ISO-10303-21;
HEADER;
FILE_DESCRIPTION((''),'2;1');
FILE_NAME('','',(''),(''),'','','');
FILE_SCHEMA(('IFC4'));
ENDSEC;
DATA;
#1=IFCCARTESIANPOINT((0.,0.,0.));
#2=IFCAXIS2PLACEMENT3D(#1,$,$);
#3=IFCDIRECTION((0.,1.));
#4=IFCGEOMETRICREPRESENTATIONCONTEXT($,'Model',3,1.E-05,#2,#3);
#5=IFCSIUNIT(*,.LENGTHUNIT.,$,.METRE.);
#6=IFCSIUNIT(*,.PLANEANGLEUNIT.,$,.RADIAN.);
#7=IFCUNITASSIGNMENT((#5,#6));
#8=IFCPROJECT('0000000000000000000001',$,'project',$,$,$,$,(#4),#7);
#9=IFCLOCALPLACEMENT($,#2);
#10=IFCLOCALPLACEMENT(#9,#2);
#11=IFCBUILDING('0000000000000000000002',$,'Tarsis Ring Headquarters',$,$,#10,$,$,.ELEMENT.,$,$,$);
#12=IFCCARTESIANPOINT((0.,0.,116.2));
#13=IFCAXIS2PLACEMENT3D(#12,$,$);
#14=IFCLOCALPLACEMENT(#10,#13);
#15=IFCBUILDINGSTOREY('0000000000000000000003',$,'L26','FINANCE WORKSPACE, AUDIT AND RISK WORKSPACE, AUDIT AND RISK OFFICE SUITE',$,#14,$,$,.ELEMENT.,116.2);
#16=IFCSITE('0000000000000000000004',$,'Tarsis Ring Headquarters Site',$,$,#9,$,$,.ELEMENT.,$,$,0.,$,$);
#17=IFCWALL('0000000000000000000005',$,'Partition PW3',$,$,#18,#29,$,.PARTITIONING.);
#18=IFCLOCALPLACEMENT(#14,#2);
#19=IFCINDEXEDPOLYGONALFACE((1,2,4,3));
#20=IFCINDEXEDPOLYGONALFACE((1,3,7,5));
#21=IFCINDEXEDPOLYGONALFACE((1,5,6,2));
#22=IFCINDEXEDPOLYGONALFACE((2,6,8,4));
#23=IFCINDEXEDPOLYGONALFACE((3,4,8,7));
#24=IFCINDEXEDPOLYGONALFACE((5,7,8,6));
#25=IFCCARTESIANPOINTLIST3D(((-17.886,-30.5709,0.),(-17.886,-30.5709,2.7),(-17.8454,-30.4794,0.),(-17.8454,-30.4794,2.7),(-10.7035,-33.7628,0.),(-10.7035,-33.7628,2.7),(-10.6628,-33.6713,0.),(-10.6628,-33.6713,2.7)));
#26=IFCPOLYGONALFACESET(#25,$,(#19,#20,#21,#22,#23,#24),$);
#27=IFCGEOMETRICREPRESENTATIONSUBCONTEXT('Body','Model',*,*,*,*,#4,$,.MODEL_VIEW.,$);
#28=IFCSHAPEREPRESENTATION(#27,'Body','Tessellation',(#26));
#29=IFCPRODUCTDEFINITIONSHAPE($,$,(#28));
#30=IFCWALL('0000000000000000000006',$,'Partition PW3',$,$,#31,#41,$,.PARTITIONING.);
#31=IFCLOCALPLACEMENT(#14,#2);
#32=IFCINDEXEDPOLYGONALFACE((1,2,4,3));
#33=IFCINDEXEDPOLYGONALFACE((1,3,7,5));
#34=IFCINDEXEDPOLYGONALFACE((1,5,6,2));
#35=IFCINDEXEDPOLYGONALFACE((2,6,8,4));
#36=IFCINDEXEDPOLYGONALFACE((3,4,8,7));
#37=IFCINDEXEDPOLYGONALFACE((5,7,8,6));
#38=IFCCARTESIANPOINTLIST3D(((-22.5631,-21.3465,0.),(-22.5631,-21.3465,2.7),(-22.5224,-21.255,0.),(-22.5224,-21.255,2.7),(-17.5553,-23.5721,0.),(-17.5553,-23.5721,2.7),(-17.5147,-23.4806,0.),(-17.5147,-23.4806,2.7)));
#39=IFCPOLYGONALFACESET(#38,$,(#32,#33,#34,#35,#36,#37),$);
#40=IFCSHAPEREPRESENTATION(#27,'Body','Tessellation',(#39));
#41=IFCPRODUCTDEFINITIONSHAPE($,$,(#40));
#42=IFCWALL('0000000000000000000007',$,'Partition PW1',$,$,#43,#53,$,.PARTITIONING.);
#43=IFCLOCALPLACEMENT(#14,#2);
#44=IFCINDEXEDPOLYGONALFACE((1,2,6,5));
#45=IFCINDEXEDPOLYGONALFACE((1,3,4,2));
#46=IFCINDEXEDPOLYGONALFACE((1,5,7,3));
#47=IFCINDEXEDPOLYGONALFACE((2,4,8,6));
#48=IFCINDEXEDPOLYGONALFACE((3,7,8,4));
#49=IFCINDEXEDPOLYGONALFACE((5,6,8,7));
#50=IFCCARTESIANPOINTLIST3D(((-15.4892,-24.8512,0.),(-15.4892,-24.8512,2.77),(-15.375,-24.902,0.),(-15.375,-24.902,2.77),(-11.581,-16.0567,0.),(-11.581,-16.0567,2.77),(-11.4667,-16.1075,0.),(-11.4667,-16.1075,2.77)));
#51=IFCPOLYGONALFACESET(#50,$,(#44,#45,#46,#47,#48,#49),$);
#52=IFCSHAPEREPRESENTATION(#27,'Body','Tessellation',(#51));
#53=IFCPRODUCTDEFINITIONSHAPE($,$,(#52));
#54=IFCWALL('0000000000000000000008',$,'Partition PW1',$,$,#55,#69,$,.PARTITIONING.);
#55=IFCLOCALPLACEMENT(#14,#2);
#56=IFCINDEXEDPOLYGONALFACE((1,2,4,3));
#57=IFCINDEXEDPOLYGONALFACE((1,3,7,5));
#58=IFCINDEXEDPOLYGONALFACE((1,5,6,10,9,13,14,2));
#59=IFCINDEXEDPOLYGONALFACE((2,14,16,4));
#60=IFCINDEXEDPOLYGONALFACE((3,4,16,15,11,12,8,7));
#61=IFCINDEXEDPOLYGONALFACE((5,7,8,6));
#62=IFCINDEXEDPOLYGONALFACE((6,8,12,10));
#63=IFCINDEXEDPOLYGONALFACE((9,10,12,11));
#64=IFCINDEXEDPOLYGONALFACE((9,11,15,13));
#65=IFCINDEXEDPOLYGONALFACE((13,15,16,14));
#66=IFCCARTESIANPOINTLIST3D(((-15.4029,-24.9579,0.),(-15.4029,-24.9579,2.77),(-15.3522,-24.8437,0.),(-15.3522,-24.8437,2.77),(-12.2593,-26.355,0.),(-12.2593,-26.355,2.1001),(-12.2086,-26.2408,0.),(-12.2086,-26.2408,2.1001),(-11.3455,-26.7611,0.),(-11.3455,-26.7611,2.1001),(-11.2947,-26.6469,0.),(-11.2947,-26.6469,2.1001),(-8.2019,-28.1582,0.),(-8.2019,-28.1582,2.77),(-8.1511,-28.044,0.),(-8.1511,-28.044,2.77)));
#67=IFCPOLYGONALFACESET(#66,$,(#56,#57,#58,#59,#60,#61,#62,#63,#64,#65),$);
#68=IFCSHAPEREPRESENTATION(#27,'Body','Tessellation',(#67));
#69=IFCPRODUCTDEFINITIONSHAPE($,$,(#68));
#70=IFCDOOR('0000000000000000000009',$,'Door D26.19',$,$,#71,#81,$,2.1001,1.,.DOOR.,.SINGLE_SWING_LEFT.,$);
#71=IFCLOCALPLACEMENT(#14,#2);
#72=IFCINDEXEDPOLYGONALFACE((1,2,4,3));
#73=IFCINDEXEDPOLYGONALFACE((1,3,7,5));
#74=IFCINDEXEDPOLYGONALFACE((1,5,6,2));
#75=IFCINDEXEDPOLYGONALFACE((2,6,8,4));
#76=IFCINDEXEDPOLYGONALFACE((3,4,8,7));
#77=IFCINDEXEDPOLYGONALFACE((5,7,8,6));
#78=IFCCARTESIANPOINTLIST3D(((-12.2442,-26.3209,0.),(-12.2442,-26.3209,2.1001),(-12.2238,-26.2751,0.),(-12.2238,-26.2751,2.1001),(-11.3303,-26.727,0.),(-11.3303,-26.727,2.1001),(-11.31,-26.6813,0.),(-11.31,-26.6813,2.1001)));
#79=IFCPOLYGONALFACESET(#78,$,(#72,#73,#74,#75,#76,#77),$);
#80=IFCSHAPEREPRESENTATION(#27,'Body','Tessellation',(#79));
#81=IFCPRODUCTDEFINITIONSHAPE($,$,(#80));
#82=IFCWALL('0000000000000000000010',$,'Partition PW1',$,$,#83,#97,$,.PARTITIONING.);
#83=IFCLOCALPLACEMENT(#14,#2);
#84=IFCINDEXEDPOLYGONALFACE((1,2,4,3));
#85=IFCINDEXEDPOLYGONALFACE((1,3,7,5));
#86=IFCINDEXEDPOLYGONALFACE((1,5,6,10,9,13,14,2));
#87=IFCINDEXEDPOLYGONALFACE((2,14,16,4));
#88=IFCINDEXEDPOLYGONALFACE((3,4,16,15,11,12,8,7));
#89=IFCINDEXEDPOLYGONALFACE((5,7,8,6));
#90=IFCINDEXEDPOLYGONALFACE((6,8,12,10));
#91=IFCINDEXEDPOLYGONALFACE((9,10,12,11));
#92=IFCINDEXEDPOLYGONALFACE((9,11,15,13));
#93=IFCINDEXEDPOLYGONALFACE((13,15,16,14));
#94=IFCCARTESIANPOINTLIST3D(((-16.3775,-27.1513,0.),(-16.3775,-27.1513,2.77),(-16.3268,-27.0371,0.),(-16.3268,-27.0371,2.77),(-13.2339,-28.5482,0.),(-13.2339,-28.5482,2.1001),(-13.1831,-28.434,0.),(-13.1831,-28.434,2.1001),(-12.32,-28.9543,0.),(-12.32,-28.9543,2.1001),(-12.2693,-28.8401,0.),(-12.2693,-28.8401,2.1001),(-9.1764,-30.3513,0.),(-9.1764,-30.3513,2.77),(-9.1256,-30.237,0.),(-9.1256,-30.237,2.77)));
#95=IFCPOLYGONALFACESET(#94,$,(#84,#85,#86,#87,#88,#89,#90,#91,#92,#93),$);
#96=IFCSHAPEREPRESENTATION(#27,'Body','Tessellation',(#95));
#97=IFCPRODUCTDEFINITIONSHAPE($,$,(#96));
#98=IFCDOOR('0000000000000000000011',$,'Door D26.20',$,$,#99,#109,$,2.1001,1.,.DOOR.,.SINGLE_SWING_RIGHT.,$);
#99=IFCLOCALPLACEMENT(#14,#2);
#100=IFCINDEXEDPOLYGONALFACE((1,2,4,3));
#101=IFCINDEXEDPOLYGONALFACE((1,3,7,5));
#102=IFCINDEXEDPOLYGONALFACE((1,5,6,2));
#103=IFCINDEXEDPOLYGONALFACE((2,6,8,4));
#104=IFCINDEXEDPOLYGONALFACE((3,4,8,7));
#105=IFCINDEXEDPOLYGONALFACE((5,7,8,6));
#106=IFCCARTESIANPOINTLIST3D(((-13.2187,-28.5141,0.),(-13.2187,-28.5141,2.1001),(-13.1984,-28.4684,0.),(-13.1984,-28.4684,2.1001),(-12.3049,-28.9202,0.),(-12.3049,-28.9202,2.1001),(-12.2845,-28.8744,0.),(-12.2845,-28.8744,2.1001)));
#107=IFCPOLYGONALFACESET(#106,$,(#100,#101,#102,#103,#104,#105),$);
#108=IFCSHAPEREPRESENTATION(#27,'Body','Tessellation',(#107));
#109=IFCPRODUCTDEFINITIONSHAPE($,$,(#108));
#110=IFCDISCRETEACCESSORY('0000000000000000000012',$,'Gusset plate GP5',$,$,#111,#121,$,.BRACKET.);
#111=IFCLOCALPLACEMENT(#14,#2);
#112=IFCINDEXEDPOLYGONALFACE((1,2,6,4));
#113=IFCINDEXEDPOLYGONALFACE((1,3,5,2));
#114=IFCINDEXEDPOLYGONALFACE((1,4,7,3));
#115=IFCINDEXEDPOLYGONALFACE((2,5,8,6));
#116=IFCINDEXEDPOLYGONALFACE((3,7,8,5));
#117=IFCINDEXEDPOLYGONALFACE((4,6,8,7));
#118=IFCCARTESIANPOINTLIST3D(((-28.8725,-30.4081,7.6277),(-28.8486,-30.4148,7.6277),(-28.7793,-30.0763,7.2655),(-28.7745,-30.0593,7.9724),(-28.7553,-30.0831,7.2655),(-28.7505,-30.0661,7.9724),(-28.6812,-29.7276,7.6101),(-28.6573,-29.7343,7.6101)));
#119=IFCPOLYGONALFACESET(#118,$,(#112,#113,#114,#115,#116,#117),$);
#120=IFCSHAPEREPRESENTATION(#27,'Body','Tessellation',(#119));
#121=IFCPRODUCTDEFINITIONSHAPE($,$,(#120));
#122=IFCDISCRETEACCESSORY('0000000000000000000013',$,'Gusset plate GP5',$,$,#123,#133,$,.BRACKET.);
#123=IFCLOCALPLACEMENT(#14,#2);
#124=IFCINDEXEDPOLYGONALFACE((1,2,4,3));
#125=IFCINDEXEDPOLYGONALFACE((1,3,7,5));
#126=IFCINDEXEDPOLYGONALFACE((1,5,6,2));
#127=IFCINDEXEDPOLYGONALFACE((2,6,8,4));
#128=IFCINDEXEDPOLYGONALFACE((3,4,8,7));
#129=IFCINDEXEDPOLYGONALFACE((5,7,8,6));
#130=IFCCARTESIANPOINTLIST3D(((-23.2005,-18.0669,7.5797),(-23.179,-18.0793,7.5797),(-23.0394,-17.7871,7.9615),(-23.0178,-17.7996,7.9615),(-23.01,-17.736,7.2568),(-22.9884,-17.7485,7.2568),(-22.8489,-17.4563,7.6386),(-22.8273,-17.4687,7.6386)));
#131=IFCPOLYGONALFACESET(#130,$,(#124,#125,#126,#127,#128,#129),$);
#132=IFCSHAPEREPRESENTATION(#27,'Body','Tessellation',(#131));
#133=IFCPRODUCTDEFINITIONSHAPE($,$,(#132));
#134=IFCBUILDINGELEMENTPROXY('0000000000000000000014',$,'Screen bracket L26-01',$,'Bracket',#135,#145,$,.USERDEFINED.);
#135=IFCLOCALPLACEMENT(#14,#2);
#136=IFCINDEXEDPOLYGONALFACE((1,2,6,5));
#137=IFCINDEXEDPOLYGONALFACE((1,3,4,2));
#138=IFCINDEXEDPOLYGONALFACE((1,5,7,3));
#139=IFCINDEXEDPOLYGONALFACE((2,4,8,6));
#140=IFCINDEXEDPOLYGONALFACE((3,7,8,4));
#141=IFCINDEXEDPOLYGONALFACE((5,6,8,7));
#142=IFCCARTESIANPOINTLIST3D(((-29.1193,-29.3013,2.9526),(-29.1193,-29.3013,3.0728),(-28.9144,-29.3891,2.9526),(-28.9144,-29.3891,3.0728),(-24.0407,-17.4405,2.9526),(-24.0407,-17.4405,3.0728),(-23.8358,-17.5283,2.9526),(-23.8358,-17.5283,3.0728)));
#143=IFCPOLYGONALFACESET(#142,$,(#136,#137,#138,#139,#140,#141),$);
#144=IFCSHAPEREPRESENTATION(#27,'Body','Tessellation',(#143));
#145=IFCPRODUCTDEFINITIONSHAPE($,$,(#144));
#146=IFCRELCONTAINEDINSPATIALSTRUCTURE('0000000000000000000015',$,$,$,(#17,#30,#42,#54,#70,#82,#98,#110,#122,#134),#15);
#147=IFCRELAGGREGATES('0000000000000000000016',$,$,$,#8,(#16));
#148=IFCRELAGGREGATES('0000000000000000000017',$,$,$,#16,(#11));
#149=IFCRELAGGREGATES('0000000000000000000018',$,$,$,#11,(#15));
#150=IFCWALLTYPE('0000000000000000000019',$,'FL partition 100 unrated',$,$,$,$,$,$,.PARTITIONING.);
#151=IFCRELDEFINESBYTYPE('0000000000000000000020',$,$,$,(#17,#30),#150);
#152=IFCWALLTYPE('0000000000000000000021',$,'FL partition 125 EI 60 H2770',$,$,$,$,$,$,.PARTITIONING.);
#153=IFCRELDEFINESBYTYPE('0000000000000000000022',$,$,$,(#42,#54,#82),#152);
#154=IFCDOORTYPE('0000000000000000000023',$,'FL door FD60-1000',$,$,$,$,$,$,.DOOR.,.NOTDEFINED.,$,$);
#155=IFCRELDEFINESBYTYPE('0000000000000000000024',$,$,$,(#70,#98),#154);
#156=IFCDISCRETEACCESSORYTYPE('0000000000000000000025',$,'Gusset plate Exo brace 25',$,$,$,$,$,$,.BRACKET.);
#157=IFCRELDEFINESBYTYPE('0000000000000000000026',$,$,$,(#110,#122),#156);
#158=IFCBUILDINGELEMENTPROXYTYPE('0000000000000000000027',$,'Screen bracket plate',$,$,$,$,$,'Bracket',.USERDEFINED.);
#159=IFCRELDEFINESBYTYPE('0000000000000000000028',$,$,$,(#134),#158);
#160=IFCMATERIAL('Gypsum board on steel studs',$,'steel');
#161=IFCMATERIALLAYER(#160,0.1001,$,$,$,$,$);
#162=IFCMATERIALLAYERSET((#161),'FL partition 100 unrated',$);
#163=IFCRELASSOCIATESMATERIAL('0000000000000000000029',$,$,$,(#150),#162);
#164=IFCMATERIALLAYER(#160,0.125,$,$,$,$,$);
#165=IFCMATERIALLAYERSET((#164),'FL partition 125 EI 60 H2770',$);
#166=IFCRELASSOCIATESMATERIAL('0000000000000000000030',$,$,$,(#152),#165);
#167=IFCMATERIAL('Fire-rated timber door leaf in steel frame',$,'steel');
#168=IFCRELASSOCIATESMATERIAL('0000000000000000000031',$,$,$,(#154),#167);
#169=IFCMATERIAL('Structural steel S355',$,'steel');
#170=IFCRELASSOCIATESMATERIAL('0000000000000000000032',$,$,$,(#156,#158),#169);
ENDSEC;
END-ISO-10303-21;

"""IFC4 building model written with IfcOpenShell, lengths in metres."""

from ifc_helpers import new_model, si_unit, direction, frame, frame_2d, origin, origin_2d, place, context, subcontext, project, spatial, rectangle, extrude, material, layer, layer_set, material_profile, profile_set, type_object, element, fill, save


model = new_model("IFC4")

# Units and contexts
model_context = context("Model", 3, precision=1e-05, world=origin(), true_north=direction((0.0, 1.0)))
body_context = subcontext(model_context, "Body", "Model", "MODEL_VIEW")
ifc_project = project(units=[si_unit("LENGTHUNIT", "METRE"), si_unit("PLANEANGLEUNIT", "RADIAN")], contexts=[model_context])

# Site, building, storey
site_placement = place(None, origin())
site = spatial("IfcSite", under=ifc_project, at=site_placement, Name="Tarsis Ring Headquarters Site", CompositionType="ELEMENT", RefElevation=0.0)
building_placement = place(site_placement, origin())
building = spatial("IfcBuilding", under=site, at=building_placement, Name="Tarsis Ring Headquarters", CompositionType="ELEMENT")
storey_placement = place(building_placement, frame((0.0, 0.0, 116.2)))
storey = spatial("IfcBuildingStorey", under=building, at=storey_placement, Name="L26", Description="FINANCE WORKSPACE, AUDIT AND RISK WORKSPACE, AUDIT AND RISK OFFICE SUITE", CompositionType="ELEMENT", Elevation=116.2)

# Shared definitions
ifc_material_1 = material(Name="Structural steel S355", Category="steel")

# Walls
ifc_material_2 = material(Name="Gypsum board on steel studs", Category="steel")
ifc_layer_1 = layer(ifc_material_2, 0.1001)
ifc_layer_set_1 = layer_set([ifc_layer_1], Name="FL partition 100 unrated")
wall_type_1 = type_object("IfcWallType", Name="FL partition 100 unrated", PredefinedType="PARTITIONING", material=ifc_layer_set_1)
for number, where, z_axis, x_axis, name in (
    (1, (-17.8657, -30.5251, 0.0), (0.0, 0.0, 1.0), (0.913829, -0.406098, 0.0), "Partition PW3"),
):
    element("IfcWall", number, at=place(storey_placement, frame(where, z_axis=z_axis, x_axis=x_axis)), inside=storey, type_object=wall_type_1, Name=name, PredefinedType="PARTITIONING", context=body_context, shape_type="SweptSolid", body=[
        extrude(rectangle(XDim=7.8599, YDim=0.1001, at=frame_2d((3.9299, 0.0))), origin(), (0.0, 0.0, 1.0), 2.7),
    ])
wall_1_placement = place(storey_placement, frame((-22.5427, -21.3008, 0.0), z_axis=(0.0, 0.0, 1.0), x_axis=(0.913819, -0.406122, 0.0)))
element("IfcWall", 2, at=wall_1_placement, inside=storey, type_object=wall_type_1, Name="Partition PW3", PredefinedType="PARTITIONING", context=body_context, shape_type="SweptSolid", body=[
    extrude(rectangle(XDim=5.48, YDim=0.1001, at=frame_2d((2.74, 0.0))), origin(), (0.0, 0.0, 1.0), 2.7),
])
ifc_layer_2 = layer(ifc_material_2, 0.125)
ifc_layer_set_2 = layer_set([ifc_layer_2], Name="FL partition 125 EI 60 H2770")
wall_type_2 = type_object("IfcWallType", Name="FL partition 125 EI 60 H2770", PredefinedType="PARTITIONING", material=ifc_layer_set_2)
wall_2_placement = place(storey_placement, frame((-15.4321, -24.8767, 0.0), z_axis=(0.0, 0.0, 1.0), x_axis=(0.406101, 0.913828, 0.0)))
element("IfcWall", 3, at=wall_2_placement, inside=storey, type_object=wall_type_2, Name="Partition PW1", PredefinedType="PARTITIONING", context=body_context, shape_type="SweptSolid", body=[
    extrude(rectangle(XDim=9.6238, YDim=0.125, at=frame_2d((4.812, 0.0))), origin(), (0.0, 0.0, 1.0), 2.77),
])

# Walls, openings, doors
wall_3_placement = place(storey_placement, frame((-15.3774, -24.9009, 0.0), z_axis=(0.0, 0.0, 1.0), x_axis=(0.913822, -0.406115, 0.0)))
wall_3 = element("IfcWall", 4, at=wall_3_placement, inside=storey, type_object=wall_type_2, Name="Partition PW1", PredefinedType="PARTITIONING", context=body_context, shape_type="SweptSolid", body=[
    extrude(rectangle(XDim=7.8801, YDim=0.125, at=frame_2d((3.9399, 0.0))), origin(), (0.0, 0.0, 1.0), 2.77),
])
opening_1_placement = place(wall_3_placement, frame((3.4399, 0.0, 0.0)))
opening_1 = element("IfcOpeningElement", 5, at=opening_1_placement, cuts=wall_3, PredefinedType="OPENING", context=body_context, shape_type="SweptSolid", body=[
    extrude(rectangle(XDim=1.0, YDim=2.1001, at=frame_2d((0.5, 1.05))), frame((0.0, 0.0725, 0.0), z_axis=(0.0, -1.0, 0.0), x_axis=(1.0, 0.0, 0.0)), (0.0, 0.0, 1.0), 0.145),
])
ifc_material_3 = material(Name="Fire-rated timber door leaf in steel frame", Category="steel")
door_type = type_object("IfcDoorType", Name="FL door FD60-1000", OperationType="NOTDEFINED", PredefinedType="DOOR", material=ifc_material_3)
door_1_placement = place(opening_1_placement, origin())
door_1 = element("IfcDoor", 6, at=door_1_placement, inside=storey, type_object=door_type, Name="Door D26.19", OperationType="SINGLE_SWING_LEFT", OverallHeight=2.1001, OverallWidth=1.0, PredefinedType="DOOR", context=body_context, shape_type="SweptSolid", body=[
    extrude(rectangle(XDim=1.0, YDim=2.1001, at=frame_2d((0.5, 1.05))), frame((0.0, 0.0249, 0.0), z_axis=(0.0, -1.0, 0.0), x_axis=(1.0, 0.0, 0.0)), (0.0, 0.0, 1.0), 0.05),
])
fill(opening_1, door_1)
wall_4_placement = place(storey_placement, frame((-16.3521, -27.0942, 0.0), z_axis=(0.0, 0.0, 1.0), x_axis=(0.913838, -0.406078, 0.0)))
wall_4 = element("IfcWall", 7, at=wall_4_placement, inside=storey, type_object=wall_type_2, Name="Partition PW1", PredefinedType="PARTITIONING", context=body_context, shape_type="SweptSolid", body=[
    extrude(rectangle(XDim=7.8801, YDim=0.125, at=frame_2d((3.9399, 0.0))), origin(), (0.0, 0.0, 1.0), 2.77),
])
opening_2_placement = place(wall_4_placement, frame((3.4399, 0.0, 0.0)))
opening_2 = element("IfcOpeningElement", 8, at=opening_2_placement, cuts=wall_4, PredefinedType="OPENING", context=body_context, shape_type="SweptSolid", body=[
    extrude(rectangle(XDim=1.0, YDim=2.1001, at=frame_2d((0.5, 1.05))), frame((0.0, 0.0725, 0.0), z_axis=(0.0, -1.0, 0.0), x_axis=(1.0, 0.0, 0.0)), (0.0, 0.0, 1.0), 0.145),
])
door_2_placement = place(opening_2_placement, origin())
door_2 = element("IfcDoor", 9, at=door_2_placement, inside=storey, type_object=door_type, Name="Door D26.20", OperationType="SINGLE_SWING_RIGHT", OverallHeight=2.1001, OverallWidth=1.0, PredefinedType="DOOR", context=body_context, shape_type="SweptSolid", body=[
    extrude(rectangle(XDim=1.0, YDim=2.1001, at=frame_2d((0.5, 1.05))), frame((0.0, 0.0249, 0.0), z_axis=(0.0, -1.0, 0.0), x_axis=(1.0, 0.0, 0.0)), (0.0, 0.0, 1.0), 0.05),
])
fill(opening_2, door_2)

# Discrete accessories
ifc_material_profile_1 = material_profile(ifc_material_1, rectangle(XDim=0.0249, YDim=0.5, at=origin_2d()), Name="PL 25x500")
ifc_profile_set_1 = profile_set([ifc_material_profile_1], Name="Structural steel S355")
discrete_accessory_type = type_object("IfcDiscreteAccessoryType", Name="Gusset plate Exo brace 25", PredefinedType="BRACKET", material=ifc_profile_set_1)
for number, where, z_axis, x_axis, name in (
    (10, (-28.8115, -30.2371, 7.8), (0.186507, 0.663514, -0.724544), (-0.962691, 0.270602, 0.0), "Gusset plate GP5"),
    (11, (-22.9333, -17.6279, 7.8), (-0.322238, -0.559523, -0.763607), (0.866563, -0.499068, 0.0), "Gusset plate GP5"),
):
    element("IfcDiscreteAccessory", number, at=place(storey_placement, frame(where, z_axis=z_axis, x_axis=x_axis)), inside=storey, type_object=discrete_accessory_type, Name=name, PredefinedType="BRACKET", context=body_context, shape_type="SweptSolid", body=[
        extrude(rectangle(XDim=0.0249, YDim=0.5, at=origin_2d()), origin(), (0.0, 0.0, 1.0), 0.5),
    ])

# Building element proxy
building_element_proxy_type = type_object("IfcBuildingElementProxyType", Name="Screen bracket plate", ElementType="Bracket", PredefinedType="USERDEFINED", material=ifc_material_1)
proxy_placement = place(storey_placement, frame((-26.4775, -23.4148, 2.9526), z_axis=(0.0, 0.0, 1.0), x_axis=(-0.393621, -0.919273, 0.0)))
element("IfcBuildingElementProxy", 12, at=proxy_placement, inside=storey, type_object=building_element_proxy_type, Name="Screen bracket L26-01", ObjectType="Bracket", PredefinedType="USERDEFINED", context=body_context, shape_type="SweptSolid", body=[
    extrude(rectangle(XDim=12.9023, YDim=0.2229, at=origin_2d()), origin(), (0.0, 0.0, 1.0), 0.1201),
])

save(model, "model.ifc")
